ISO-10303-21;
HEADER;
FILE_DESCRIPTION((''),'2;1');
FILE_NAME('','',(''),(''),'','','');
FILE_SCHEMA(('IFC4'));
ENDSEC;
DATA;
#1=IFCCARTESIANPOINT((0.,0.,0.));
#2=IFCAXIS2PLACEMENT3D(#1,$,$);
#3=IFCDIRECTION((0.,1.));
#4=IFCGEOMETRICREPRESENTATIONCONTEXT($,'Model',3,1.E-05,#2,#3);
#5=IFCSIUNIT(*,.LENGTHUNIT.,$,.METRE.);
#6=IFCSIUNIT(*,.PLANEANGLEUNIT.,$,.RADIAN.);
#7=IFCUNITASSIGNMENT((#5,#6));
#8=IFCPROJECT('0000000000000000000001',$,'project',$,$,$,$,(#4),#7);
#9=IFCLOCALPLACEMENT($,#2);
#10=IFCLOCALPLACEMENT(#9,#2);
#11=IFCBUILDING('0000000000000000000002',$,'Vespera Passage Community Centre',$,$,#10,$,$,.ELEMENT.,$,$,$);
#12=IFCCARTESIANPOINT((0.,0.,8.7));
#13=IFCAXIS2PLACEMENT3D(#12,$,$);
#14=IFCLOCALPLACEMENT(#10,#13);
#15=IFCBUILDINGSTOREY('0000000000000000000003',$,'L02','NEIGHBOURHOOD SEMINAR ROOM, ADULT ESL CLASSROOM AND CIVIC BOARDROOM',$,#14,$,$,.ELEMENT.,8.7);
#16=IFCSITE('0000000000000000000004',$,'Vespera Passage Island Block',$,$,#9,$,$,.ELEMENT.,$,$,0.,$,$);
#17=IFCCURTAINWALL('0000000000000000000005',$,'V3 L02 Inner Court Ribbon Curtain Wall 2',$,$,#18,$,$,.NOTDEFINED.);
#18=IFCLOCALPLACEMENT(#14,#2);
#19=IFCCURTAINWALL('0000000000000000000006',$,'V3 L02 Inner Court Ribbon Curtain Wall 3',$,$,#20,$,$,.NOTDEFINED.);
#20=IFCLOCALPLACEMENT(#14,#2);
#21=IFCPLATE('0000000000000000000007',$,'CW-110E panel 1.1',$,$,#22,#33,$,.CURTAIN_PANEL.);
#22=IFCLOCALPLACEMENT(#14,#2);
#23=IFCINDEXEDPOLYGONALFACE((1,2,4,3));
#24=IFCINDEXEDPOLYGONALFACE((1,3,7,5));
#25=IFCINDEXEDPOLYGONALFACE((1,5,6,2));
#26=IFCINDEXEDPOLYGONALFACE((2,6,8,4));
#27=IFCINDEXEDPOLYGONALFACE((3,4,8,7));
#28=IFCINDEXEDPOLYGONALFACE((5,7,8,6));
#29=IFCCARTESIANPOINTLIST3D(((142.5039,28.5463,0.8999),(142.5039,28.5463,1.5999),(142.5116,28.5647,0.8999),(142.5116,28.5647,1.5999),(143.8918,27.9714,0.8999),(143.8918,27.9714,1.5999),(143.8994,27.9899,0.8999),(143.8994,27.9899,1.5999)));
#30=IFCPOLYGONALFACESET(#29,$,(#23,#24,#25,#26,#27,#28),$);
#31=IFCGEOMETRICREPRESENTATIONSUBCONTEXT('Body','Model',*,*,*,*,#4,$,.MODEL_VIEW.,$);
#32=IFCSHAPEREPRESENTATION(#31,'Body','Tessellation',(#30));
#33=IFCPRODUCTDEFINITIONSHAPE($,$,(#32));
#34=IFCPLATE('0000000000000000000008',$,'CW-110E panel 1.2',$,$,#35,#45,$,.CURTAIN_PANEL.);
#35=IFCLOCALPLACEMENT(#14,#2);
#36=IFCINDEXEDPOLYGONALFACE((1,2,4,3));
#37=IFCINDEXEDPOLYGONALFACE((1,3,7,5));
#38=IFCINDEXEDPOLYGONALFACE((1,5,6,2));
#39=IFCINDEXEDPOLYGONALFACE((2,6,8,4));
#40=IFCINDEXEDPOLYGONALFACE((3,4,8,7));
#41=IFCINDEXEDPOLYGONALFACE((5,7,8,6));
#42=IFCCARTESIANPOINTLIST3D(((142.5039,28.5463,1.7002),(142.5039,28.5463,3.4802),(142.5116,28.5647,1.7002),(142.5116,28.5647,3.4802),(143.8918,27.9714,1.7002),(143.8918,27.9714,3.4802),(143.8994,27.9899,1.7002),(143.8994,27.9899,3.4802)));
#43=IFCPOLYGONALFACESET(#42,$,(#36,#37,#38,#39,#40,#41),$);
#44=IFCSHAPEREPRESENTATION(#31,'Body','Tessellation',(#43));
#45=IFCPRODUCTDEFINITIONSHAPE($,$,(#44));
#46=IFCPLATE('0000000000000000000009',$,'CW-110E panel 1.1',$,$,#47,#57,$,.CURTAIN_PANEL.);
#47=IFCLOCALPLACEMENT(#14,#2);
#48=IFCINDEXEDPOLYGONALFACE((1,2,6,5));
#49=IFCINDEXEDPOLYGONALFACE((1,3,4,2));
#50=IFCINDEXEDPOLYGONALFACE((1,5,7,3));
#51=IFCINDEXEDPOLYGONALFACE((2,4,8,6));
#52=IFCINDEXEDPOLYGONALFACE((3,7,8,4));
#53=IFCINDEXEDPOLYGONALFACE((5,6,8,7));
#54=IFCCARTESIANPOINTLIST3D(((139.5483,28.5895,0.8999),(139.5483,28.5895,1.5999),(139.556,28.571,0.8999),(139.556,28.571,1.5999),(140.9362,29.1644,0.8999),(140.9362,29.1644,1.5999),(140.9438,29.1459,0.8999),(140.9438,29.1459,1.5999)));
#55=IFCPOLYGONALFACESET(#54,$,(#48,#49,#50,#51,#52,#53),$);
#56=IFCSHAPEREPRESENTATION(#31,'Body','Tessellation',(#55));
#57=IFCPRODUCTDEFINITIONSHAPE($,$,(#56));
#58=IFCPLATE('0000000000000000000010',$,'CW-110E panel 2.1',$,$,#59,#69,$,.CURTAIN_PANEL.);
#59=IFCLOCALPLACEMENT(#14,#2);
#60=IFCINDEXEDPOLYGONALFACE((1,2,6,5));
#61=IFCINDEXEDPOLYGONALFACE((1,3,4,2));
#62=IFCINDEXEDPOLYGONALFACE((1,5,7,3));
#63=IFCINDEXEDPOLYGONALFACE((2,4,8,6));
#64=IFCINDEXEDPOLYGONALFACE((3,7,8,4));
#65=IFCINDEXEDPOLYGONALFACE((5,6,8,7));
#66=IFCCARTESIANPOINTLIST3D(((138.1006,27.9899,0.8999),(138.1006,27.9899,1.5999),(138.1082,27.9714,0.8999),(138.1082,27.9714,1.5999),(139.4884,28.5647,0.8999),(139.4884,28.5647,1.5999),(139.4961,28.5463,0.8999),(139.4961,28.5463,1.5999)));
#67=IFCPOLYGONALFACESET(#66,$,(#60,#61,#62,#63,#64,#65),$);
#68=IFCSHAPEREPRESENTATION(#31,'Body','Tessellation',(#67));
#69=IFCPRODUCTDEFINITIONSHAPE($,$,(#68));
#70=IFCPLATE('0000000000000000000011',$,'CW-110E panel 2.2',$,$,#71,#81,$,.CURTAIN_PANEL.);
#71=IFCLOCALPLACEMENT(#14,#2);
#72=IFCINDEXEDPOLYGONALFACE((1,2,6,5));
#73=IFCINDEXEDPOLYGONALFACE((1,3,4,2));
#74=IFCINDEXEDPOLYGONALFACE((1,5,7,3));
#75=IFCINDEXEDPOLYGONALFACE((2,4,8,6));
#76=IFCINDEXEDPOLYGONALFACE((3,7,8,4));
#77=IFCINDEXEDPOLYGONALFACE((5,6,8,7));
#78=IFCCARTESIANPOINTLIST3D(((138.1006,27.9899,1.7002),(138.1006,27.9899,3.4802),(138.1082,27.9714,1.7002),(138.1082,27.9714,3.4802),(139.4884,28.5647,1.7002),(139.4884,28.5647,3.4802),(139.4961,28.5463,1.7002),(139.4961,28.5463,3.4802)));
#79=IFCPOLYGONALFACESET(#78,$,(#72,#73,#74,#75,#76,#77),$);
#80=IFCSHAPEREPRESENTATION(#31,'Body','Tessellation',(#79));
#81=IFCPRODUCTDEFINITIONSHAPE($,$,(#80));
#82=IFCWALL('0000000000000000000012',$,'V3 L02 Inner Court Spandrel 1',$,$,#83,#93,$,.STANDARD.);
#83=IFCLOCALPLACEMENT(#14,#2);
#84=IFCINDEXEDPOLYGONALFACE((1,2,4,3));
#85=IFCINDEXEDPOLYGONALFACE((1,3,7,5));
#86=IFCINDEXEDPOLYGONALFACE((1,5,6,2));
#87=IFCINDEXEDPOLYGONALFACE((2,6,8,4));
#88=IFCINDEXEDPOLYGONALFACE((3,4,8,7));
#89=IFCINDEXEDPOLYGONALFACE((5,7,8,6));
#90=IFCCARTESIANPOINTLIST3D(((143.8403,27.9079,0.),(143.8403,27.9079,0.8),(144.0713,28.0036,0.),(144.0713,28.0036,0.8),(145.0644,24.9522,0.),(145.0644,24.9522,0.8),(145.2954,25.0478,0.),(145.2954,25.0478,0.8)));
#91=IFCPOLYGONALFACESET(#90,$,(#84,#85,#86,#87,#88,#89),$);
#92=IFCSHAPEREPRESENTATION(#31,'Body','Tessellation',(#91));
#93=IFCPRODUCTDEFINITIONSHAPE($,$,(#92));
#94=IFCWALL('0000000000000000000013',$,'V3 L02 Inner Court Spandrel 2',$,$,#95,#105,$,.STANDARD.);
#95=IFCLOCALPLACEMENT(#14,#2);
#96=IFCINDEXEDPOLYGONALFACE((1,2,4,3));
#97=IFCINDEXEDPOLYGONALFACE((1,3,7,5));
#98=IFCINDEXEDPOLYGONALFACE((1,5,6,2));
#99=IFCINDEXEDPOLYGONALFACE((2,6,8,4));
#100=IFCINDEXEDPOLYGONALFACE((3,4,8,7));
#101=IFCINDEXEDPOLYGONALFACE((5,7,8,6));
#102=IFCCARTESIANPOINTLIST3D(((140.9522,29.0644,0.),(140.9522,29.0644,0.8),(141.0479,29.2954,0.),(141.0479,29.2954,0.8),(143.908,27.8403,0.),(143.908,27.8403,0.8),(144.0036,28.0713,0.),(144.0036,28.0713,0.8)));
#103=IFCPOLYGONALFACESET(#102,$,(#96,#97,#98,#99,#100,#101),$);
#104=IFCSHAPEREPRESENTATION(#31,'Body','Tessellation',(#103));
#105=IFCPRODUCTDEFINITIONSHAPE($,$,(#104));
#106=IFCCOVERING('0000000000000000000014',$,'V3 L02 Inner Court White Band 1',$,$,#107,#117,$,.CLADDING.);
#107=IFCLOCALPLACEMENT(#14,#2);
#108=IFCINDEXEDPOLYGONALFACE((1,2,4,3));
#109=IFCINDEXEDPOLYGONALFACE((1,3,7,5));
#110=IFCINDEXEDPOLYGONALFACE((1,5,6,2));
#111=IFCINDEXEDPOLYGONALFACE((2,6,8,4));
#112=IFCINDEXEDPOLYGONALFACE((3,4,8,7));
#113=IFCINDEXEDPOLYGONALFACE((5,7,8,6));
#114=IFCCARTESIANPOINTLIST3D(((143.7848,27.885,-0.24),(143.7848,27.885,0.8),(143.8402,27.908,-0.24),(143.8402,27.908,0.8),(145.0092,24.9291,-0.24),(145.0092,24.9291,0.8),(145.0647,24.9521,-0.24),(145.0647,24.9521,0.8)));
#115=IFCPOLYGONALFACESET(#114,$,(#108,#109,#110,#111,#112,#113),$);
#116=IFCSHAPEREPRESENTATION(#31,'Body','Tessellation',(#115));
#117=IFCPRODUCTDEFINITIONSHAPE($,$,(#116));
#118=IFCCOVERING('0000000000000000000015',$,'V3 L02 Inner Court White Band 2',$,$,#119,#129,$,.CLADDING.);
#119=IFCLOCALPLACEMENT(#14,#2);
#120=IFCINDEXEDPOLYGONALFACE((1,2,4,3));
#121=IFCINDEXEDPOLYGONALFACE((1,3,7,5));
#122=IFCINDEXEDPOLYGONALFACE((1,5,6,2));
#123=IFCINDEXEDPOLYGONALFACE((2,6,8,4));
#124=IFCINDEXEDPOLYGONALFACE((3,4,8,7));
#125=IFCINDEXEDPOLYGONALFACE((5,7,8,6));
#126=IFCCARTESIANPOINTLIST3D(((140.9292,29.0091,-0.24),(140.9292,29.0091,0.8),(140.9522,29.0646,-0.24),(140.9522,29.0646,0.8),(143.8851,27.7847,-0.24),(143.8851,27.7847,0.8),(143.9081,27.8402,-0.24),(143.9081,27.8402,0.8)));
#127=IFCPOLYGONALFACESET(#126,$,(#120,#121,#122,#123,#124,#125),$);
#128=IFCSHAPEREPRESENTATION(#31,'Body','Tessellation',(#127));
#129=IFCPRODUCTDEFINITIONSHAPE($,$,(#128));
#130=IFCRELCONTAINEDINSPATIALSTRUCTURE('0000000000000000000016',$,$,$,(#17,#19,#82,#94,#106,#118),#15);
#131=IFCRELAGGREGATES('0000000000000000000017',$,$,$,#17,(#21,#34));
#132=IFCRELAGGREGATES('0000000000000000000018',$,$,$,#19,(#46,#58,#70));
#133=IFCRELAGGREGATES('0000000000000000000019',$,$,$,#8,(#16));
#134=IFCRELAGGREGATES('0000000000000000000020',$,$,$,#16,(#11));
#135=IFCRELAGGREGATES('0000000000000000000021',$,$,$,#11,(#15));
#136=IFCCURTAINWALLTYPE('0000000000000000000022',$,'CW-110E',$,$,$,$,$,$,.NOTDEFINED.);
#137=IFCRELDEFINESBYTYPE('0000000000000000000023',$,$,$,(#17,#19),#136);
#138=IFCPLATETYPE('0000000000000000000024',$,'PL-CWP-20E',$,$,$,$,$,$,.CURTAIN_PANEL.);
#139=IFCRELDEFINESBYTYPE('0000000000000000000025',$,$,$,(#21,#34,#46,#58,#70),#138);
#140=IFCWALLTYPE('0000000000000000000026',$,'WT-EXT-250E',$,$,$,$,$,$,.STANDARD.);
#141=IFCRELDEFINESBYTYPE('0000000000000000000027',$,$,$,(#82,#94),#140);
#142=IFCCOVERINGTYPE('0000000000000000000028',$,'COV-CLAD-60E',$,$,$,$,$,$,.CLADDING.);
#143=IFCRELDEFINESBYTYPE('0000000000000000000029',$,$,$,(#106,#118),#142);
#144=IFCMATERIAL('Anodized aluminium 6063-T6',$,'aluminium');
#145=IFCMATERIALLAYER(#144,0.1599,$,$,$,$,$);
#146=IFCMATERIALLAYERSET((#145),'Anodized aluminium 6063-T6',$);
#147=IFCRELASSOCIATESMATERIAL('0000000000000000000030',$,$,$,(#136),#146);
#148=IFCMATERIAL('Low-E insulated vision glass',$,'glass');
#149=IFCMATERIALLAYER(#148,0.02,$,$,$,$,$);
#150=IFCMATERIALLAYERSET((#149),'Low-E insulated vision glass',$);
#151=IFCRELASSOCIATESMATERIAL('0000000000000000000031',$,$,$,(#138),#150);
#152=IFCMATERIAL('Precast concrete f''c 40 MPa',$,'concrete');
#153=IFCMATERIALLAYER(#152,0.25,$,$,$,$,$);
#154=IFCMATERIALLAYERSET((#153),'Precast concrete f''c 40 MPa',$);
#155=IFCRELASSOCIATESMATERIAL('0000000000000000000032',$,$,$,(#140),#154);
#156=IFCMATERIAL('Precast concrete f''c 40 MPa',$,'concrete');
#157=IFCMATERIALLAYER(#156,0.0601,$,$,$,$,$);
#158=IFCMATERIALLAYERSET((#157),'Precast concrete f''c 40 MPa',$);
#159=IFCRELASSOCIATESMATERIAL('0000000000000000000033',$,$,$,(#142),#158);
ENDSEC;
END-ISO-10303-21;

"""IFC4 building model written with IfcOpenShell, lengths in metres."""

from ifc_helpers import new_model, si_unit, direction, frame, frame_2d, origin, origin_2d, place, context, subcontext, project, spatial, rectangle, extrude, material, layer, layer_set, type_object, element, aggregate, save


model = new_model("IFC4")

# Units and contexts
model_context = context("Model", 3, precision=1e-05, world=origin(), true_north=direction((0.0, 1.0)))
body_context = subcontext(model_context, "Body", "Model", "MODEL_VIEW")
ifc_project = project(units=[si_unit("LENGTHUNIT", "METRE"), si_unit("PLANEANGLEUNIT", "RADIAN")], contexts=[model_context])

# Site, building, storey
site_placement = place(None, origin())
site = spatial("IfcSite", under=ifc_project, at=site_placement, Name="Vespera Passage Island Block", CompositionType="ELEMENT", RefElevation=0.0)
building_placement = place(site_placement, origin())
building = spatial("IfcBuilding", under=site, at=building_placement, Name="Vespera Passage Community Centre", CompositionType="ELEMENT")
storey_placement = place(building_placement, frame((0.0, 0.0, 8.7)))
storey = spatial("IfcBuildingStorey", under=building, at=storey_placement, Name="L02", Description="NEIGHBOURHOOD SEMINAR ROOM, ADULT ESL CLASSROOM AND CIVIC BOARDROOM", CompositionType="ELEMENT", Elevation=8.7)

# Curtain wall
ifc_material_1 = material(Name="Anodized aluminium 6063-T6", Category="aluminium")
ifc_layer_1 = layer(ifc_material_1, 0.1599)
ifc_layer_set_1 = layer_set([ifc_layer_1], Name="Anodized aluminium 6063-T6")
curtain_wall_type = type_object("IfcCurtainWallType", Name="CW-110E", PredefinedType="NOTDEFINED", material=ifc_layer_set_1)
curtain_wall_1_placement = place(storey_placement, origin())
curtain_wall_1 = element("IfcCurtainWall", 1, at=curtain_wall_1_placement, inside=storey, type_object=curtain_wall_type, Name="V3 L02 Inner Court Ribbon Curtain Wall 2", PredefinedType="NOTDEFINED")

# Curtain wall
curtain_wall_2_placement = place(storey_placement, origin())
curtain_wall_2 = element("IfcCurtainWall", 2, at=curtain_wall_2_placement, inside=storey, type_object=curtain_wall_type, Name="V3 L02 Inner Court Ribbon Curtain Wall 3", PredefinedType="NOTDEFINED")

# Plates
ifc_material_2 = material(Name="Low-E insulated vision glass", Category="glass")
ifc_layer_2 = layer(ifc_material_2, 0.02)
ifc_layer_set_2 = layer_set([ifc_layer_2], Name="Low-E insulated vision glass")
plate_type = type_object("IfcPlateType", Name="PL-CWP-20E", PredefinedType="CURTAIN_PANEL", material=ifc_layer_set_2)
plate_1_placement = place(storey_placement, frame((143.2017, 28.2681, 0.8999), z_axis=(0.0, 0.0, 1.0), x_axis=(-0.923879, 0.382686, 0.0)))
plate_1 = element("IfcPlate", 3, at=plate_1_placement, type_object=plate_type, Name="CW-110E panel 1.1", PredefinedType="CURTAIN_PANEL", context=body_context, shape_type="SweptSolid", body=[
    extrude(rectangle(XDim=1.5022, YDim=0.02, at=origin_2d()), origin(), (0.0, 0.0, 1.0), 0.7),
])
plate_2_placement = place(storey_placement, frame((143.2017, 28.2681, 1.7002), z_axis=(0.0, 0.0, 1.0), x_axis=(-0.923879, 0.382686, 0.0)))
plate_2 = element("IfcPlate", 4, at=plate_2_placement, type_object=plate_type, Name="CW-110E panel 1.2", PredefinedType="CURTAIN_PANEL", context=body_context, shape_type="SweptSolid", body=[
    extrude(rectangle(XDim=1.5022, YDim=0.02, at=origin_2d()), origin(), (0.0, 0.0, 1.0), 1.78),
])
aggregate(curtain_wall_1, [plate_1, plate_2])
plate_3_placement = place(storey_placement, frame((140.2461, 28.8677, 0.8999), z_axis=(0.0, 0.0, 1.0), x_axis=(-0.923879, -0.382686, 0.0)))
plate_3 = element("IfcPlate", 5, at=plate_3_placement, type_object=plate_type, Name="CW-110E panel 1.1", PredefinedType="CURTAIN_PANEL", context=body_context, shape_type="SweptSolid", body=[
    extrude(rectangle(XDim=1.5022, YDim=0.02, at=origin_2d()), origin(), (0.0, 0.0, 1.0), 0.7),
])
plate_4_placement = place(storey_placement, frame((138.7983, 28.2681, 0.8999), z_axis=(0.0, 0.0, 1.0), x_axis=(-0.923879, -0.382686, 0.0)))
plate_4 = element("IfcPlate", 6, at=plate_4_placement, type_object=plate_type, Name="CW-110E panel 2.1", PredefinedType="CURTAIN_PANEL", context=body_context, shape_type="SweptSolid", body=[
    extrude(rectangle(XDim=1.5022, YDim=0.02, at=origin_2d()), origin(), (0.0, 0.0, 1.0), 0.7),
])
plate_5_placement = place(storey_placement, frame((138.7983, 28.2681, 1.7002), z_axis=(0.0, 0.0, 1.0), x_axis=(-0.923879, -0.382686, 0.0)))
plate_5 = element("IfcPlate", 7, at=plate_5_placement, type_object=plate_type, Name="CW-110E panel 2.2", PredefinedType="CURTAIN_PANEL", context=body_context, shape_type="SweptSolid", body=[
    extrude(rectangle(XDim=1.5022, YDim=0.02, at=origin_2d()), origin(), (0.0, 0.0, 1.0), 1.78),
])
aggregate(curtain_wall_2, [plate_3, plate_4, plate_5])

# Walls
ifc_material_3 = material(Name="Precast concrete f'c 40 MPa", Category="concrete")
ifc_layer_3 = layer(ifc_material_3, 0.25)
ifc_layer_set_3 = layer_set([ifc_layer_3], Name="Precast concrete f'c 40 MPa")
wall_type = type_object("IfcWallType", Name="WT-EXT-250E", PredefinedType="STANDARD", material=ifc_layer_set_3)
for number, where, z_axis, x_axis, name in (
    (8, (145.1799, 25.0, 0.0), (0.0, 0.0, 1.0), (-0.382626, 0.923903, 0.0), "V3 L02 Inner Court Spandrel 1"),
    (9, (143.9558, 27.9558, 0.0), (0.0, 0.0, 1.0), (-0.923903, 0.382626, 0.0), "V3 L02 Inner Court Spandrel 2"),
):
    element("IfcWall", number, at=place(storey_placement, frame(where, z_axis=z_axis, x_axis=x_axis)), inside=storey, type_object=wall_type, Name=name, PredefinedType="STANDARD", context=body_context, shape_type="SweptSolid", body=[
        extrude(rectangle(XDim=3.1992, YDim=0.25, at=frame_2d((1.5996, 0.0))), origin(), (0.0, 0.0, 1.0), 0.8),
    ])

# Coverings
ifc_material_4 = material(Name="Precast concrete f'c 40 MPa", Category="concrete")
ifc_layer_4 = layer(ifc_material_4, 0.0601)
ifc_layer_set_4 = layer_set([ifc_layer_4], Name="Precast concrete f'c 40 MPa")
covering_type = type_object("IfcCoveringType", Name="COV-CLAD-60E", PredefinedType="CLADDING", material=ifc_layer_set_4)
for number, where, z_axis, x_axis, name in (
    (10, (145.0369, 24.9407, -0.24), (0.0, 0.0, 1.0), (-0.382691, 0.923876, 0.0), "V3 L02 Inner Court White Band 1"),
    (11, (143.8965, 27.8125, -0.24), (0.0, 0.0, 1.0), (-0.923876, 0.382691, 0.0), "V3 L02 Inner Court White Band 2"),
):
    element("IfcCovering", number, at=place(storey_placement, frame(where, z_axis=z_axis, x_axis=x_axis)), inside=storey, type_object=covering_type, Name=name, PredefinedType="CLADDING", context=body_context, shape_type="SweptSolid", body=[
        extrude(rectangle(XDim=3.1995, YDim=0.0601, at=frame_2d((1.5996, 0.0))), origin(), (0.0, 0.0, 1.0), 1.04),
    ])

save(model, "model.ifc")
